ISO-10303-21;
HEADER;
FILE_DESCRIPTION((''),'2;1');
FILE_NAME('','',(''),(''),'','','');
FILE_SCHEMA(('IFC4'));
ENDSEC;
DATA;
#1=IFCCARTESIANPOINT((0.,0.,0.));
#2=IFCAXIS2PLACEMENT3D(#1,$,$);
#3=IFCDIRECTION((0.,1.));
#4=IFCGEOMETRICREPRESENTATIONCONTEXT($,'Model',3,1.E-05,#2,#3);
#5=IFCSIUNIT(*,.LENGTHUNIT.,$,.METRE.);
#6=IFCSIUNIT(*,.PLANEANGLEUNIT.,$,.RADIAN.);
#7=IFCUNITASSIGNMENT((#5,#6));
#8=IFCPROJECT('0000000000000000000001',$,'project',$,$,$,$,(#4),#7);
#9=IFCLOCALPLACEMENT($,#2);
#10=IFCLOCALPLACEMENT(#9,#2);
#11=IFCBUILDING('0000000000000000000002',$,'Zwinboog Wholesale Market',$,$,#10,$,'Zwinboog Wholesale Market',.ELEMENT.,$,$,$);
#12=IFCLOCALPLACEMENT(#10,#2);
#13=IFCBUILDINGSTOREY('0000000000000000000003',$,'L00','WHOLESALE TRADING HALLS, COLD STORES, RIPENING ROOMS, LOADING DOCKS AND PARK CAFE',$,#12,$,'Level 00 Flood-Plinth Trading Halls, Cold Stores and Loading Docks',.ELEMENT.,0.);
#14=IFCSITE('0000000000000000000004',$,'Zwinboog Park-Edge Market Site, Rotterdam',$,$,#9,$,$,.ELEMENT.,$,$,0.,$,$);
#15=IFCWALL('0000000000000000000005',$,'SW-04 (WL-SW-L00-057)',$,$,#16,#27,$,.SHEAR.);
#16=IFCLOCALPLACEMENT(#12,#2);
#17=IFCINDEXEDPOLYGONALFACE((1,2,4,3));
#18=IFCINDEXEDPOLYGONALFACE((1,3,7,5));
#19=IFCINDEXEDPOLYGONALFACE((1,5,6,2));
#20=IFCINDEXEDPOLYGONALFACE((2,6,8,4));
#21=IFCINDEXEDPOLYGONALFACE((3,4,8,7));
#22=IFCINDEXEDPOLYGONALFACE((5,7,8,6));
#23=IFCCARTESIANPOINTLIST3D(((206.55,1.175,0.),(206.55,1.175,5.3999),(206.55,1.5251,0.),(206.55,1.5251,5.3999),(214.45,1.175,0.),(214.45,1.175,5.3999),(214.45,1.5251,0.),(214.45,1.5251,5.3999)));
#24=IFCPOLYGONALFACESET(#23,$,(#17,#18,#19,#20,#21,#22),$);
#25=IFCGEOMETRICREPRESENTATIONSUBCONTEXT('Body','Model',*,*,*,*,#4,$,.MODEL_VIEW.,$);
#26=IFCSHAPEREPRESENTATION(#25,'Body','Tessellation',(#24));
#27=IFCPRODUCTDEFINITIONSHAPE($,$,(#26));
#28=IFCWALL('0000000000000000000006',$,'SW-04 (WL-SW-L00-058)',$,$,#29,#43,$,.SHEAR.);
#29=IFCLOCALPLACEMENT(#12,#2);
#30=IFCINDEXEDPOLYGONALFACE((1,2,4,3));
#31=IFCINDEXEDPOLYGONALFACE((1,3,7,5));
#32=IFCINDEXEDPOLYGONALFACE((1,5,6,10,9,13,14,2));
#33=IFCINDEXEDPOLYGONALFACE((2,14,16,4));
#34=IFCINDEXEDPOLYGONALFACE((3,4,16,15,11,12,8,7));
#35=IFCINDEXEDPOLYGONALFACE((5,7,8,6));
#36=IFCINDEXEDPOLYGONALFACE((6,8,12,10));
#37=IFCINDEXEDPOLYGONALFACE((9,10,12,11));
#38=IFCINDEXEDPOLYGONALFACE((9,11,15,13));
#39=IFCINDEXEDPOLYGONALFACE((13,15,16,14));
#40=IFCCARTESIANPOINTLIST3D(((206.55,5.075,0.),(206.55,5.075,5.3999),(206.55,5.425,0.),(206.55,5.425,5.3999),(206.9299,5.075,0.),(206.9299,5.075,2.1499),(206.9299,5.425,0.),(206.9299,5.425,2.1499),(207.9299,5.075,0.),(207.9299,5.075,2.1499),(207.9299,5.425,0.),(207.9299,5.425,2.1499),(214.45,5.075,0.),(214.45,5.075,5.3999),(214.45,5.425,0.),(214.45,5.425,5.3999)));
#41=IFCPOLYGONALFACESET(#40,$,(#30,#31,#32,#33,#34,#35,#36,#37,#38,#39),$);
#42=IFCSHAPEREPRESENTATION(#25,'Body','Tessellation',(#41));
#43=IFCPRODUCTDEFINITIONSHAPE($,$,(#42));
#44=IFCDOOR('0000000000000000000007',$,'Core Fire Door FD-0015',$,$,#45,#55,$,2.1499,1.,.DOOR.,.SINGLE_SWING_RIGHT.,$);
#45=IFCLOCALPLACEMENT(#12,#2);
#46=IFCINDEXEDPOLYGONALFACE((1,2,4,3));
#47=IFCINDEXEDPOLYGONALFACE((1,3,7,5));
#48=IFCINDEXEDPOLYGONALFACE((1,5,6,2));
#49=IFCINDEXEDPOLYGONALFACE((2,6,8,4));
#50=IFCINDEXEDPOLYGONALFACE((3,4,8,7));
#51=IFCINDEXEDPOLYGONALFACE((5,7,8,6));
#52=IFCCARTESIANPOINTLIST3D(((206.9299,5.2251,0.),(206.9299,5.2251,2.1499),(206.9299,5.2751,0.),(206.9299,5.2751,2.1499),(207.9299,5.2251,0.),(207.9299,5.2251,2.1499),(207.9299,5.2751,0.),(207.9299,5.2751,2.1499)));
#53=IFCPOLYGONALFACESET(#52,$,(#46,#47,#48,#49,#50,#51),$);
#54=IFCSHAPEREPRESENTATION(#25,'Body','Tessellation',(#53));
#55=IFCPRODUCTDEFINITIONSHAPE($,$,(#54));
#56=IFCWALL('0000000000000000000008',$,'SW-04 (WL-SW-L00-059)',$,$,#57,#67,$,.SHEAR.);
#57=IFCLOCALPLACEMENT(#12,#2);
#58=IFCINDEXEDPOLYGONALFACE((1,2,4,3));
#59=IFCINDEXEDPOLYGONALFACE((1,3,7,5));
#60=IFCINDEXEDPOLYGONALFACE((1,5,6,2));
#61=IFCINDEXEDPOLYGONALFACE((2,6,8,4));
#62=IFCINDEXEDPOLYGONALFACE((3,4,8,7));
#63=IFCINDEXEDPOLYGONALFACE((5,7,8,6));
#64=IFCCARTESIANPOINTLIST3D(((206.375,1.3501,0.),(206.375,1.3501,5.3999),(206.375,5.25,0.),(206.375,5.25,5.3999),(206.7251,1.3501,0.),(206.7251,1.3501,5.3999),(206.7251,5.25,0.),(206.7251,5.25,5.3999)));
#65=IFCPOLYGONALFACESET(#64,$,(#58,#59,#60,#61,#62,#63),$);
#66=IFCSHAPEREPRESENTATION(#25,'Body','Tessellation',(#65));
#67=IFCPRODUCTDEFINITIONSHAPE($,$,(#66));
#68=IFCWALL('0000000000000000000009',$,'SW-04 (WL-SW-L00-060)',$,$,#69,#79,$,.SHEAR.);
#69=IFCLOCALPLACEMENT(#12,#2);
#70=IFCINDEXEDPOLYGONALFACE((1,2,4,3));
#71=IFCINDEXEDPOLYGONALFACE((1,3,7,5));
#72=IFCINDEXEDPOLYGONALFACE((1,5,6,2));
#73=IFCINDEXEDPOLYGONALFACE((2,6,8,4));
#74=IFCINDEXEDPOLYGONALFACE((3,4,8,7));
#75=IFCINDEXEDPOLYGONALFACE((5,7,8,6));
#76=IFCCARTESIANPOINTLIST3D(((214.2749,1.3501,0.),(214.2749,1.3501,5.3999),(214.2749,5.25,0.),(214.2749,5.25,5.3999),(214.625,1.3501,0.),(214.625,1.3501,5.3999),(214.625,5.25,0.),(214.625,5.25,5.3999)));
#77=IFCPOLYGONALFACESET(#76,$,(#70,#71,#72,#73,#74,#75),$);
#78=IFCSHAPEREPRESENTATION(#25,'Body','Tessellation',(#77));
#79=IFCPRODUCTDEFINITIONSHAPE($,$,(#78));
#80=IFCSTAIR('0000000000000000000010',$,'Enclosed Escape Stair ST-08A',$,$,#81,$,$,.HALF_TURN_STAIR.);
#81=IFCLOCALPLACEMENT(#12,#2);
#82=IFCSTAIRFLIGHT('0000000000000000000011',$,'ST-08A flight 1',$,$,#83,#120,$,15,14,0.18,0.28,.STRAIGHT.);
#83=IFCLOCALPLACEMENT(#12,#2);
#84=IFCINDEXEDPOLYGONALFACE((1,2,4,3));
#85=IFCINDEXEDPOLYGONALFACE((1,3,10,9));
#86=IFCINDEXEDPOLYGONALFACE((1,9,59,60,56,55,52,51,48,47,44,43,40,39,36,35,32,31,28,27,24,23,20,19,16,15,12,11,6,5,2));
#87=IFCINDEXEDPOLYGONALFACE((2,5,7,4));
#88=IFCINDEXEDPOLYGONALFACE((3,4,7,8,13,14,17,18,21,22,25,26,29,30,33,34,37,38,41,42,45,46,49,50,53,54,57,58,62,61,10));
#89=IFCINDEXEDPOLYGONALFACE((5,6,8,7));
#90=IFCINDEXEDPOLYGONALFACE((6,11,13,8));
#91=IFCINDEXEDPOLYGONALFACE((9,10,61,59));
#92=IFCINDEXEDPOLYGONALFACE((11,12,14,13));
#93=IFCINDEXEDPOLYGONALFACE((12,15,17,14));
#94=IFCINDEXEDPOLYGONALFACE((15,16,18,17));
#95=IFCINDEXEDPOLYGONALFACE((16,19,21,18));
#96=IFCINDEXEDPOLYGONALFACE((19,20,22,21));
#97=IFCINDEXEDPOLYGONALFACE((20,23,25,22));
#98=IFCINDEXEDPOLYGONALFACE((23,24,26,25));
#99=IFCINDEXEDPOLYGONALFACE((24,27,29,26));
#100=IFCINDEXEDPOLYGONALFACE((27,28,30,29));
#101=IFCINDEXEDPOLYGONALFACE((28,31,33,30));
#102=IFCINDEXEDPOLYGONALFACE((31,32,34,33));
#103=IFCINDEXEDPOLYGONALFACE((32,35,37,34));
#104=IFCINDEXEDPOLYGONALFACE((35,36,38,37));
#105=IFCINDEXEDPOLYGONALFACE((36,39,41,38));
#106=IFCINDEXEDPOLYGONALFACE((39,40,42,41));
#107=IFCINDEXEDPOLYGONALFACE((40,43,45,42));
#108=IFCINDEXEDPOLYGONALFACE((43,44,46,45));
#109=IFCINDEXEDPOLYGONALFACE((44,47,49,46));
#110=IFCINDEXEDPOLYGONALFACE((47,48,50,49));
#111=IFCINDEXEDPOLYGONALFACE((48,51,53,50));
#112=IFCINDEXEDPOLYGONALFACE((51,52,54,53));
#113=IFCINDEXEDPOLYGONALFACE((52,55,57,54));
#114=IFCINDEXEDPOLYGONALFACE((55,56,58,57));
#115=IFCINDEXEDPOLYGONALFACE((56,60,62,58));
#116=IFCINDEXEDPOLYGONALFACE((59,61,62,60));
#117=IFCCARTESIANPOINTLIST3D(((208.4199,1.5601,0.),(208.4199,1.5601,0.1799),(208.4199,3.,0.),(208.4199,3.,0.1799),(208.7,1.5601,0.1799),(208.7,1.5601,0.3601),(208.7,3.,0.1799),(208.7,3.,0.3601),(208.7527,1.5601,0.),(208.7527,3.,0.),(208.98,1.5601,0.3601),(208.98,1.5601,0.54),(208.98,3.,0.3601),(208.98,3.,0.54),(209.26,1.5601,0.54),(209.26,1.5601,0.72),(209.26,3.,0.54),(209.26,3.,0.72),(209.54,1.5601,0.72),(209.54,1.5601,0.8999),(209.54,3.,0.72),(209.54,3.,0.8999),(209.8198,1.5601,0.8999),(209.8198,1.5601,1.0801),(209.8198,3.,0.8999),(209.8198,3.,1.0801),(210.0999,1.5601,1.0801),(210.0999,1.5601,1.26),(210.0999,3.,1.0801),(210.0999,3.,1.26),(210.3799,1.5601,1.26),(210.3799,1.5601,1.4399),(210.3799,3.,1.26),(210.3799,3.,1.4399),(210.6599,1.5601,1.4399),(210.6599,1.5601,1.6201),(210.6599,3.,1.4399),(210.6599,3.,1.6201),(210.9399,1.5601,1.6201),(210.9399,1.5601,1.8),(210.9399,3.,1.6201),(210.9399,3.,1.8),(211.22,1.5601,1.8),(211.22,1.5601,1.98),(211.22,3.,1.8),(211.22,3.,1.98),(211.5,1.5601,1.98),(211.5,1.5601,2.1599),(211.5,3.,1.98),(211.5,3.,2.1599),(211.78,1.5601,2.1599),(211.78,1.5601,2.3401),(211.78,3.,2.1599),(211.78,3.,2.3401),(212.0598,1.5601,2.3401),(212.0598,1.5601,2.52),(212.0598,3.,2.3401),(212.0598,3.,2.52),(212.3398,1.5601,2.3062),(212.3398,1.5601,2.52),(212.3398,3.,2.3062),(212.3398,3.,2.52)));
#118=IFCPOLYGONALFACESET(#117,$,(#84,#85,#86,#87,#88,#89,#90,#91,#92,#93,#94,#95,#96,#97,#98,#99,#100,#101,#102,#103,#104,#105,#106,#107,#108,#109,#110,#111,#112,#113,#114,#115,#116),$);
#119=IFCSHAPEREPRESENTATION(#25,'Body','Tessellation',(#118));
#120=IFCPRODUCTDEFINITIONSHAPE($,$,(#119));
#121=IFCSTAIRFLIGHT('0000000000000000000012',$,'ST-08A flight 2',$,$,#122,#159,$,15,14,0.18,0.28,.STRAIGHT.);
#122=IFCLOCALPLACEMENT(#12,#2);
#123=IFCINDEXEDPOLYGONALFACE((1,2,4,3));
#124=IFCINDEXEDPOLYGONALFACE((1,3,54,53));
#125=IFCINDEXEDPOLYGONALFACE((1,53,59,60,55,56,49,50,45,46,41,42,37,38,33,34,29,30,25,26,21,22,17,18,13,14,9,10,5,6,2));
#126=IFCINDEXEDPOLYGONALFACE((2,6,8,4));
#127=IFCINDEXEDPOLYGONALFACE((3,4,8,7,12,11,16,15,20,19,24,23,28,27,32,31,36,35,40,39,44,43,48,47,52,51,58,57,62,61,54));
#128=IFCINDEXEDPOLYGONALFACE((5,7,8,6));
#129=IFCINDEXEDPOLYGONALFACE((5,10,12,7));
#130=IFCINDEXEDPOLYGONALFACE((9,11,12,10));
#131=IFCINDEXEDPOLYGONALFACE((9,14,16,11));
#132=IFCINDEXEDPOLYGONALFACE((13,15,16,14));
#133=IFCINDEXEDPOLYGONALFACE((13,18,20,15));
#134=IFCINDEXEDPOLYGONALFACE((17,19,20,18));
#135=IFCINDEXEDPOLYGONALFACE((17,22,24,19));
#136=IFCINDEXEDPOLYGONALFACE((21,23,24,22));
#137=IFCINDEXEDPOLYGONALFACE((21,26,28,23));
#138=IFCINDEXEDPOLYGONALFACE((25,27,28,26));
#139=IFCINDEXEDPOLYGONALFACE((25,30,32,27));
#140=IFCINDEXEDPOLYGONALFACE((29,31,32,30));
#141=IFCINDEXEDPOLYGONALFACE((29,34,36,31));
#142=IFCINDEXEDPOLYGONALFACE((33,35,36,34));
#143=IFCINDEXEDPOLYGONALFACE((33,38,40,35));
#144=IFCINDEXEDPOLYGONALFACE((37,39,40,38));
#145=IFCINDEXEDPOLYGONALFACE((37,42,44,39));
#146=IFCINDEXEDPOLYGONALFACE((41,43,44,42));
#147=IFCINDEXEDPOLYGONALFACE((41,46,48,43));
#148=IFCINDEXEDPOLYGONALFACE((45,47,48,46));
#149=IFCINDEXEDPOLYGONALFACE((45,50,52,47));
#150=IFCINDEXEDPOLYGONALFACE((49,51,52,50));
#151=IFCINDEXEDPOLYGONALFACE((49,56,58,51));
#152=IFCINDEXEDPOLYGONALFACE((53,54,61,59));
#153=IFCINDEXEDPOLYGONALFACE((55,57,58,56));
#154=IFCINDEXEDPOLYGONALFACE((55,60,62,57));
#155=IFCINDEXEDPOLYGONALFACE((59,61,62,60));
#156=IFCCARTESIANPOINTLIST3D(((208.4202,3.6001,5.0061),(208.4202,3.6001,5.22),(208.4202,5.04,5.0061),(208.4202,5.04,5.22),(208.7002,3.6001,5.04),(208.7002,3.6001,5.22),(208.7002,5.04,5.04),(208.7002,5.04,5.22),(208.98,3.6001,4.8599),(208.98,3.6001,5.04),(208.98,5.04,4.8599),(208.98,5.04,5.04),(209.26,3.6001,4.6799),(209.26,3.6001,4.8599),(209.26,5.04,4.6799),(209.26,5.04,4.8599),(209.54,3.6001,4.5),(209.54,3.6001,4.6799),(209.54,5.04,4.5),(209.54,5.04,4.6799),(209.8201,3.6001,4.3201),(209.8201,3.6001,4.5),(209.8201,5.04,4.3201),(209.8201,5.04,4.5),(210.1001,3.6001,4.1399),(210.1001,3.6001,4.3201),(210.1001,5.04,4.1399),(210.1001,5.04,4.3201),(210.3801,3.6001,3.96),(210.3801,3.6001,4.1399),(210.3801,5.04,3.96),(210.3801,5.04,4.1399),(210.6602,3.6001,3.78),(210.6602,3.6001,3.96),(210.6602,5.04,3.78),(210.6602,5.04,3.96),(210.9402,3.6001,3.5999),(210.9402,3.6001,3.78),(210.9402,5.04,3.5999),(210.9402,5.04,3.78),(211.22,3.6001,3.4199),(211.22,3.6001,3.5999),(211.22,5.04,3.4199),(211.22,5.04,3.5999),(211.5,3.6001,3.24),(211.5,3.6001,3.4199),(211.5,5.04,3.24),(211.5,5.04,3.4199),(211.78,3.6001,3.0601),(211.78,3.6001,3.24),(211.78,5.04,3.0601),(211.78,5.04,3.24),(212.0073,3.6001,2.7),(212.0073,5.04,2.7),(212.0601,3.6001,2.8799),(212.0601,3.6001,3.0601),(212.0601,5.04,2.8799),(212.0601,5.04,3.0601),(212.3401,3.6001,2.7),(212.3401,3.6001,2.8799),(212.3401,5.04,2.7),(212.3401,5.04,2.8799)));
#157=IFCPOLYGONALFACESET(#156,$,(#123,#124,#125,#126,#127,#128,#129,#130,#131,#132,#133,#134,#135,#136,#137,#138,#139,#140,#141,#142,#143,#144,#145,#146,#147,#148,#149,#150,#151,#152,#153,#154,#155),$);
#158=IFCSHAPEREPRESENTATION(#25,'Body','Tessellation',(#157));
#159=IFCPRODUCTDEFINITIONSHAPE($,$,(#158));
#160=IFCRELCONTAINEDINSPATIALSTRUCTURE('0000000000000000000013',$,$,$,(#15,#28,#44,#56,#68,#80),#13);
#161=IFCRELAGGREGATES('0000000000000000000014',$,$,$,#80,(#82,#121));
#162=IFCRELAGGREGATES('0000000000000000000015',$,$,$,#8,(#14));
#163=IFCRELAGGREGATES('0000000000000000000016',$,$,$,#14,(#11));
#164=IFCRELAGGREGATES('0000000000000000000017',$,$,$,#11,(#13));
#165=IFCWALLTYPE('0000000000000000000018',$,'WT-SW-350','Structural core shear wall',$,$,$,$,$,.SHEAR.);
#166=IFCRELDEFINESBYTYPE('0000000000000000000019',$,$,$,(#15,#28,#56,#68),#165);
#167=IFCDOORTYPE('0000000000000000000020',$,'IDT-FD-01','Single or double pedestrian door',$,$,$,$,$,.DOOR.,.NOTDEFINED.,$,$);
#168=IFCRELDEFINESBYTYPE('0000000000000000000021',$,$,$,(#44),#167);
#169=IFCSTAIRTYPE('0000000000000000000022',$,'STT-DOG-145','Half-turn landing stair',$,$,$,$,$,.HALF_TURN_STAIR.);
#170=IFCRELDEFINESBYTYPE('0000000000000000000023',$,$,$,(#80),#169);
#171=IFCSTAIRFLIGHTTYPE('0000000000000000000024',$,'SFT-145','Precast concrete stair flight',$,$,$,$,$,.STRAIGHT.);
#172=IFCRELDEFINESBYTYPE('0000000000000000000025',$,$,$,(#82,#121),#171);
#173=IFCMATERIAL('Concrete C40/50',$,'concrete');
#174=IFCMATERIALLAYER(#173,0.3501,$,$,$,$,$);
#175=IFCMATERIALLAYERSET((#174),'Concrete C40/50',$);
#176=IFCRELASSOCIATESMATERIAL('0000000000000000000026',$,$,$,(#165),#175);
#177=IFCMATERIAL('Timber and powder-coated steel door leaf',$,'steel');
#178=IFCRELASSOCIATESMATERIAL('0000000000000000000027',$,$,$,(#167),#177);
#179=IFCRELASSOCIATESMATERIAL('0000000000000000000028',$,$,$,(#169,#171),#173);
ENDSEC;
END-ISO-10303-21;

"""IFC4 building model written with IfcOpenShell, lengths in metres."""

from ifc_helpers import new_model, si_unit, direction, frame, frame_2d, origin, place, context, subcontext, project, spatial, polyline, rectangle, outline, extrude, material, layer, layer_set, type_object, element, fill, aggregate, save


model = new_model("IFC4")

# Units and contexts
model_context = context("Model", 3, precision=1e-05, world=origin(), true_north=direction((0.0, 1.0)))
body_context = subcontext(model_context, "Body", "Model", "MODEL_VIEW")
ifc_project = project(units=[si_unit("LENGTHUNIT", "METRE"), si_unit("PLANEANGLEUNIT", "RADIAN")], contexts=[model_context])

# Site, building, storey
site_placement = place(None, origin())
site = spatial("IfcSite", under=ifc_project, at=site_placement, Name="Zwinboog Park-Edge Market Site, Rotterdam", CompositionType="ELEMENT", RefElevation=0.0)
building_placement = place(site_placement, origin())
building = spatial("IfcBuilding", under=site, at=building_placement, Name="Zwinboog Wholesale Market", LongName="Zwinboog Wholesale Market", CompositionType="ELEMENT")
storey_placement = place(building_placement, origin())
storey = spatial("IfcBuildingStorey", under=building, at=storey_placement, Name="L00", Description="WHOLESALE TRADING HALLS, COLD STORES, RIPENING ROOMS, LOADING DOCKS AND PARK CAFE", LongName="Level 00 Flood-Plinth Trading Halls, Cold Stores and Loading Docks", CompositionType="ELEMENT", Elevation=0.0)

# Shared definitions
ifc_material_1 = material(Name="Concrete C40/50", Category="concrete")

# Wall
ifc_layer_1 = layer(ifc_material_1, 0.3501)
ifc_layer_set_1 = layer_set([ifc_layer_1], Name="Concrete C40/50")
wall_type_1 = type_object("IfcWallType", Name="WT-SW-350", Description="Structural core shear wall", PredefinedType="SHEAR", material=ifc_layer_set_1)
wall_1_placement = place(storey_placement, frame((206.55, 1.3501, 0.0), z_axis=(0.0, 0.0, 1.0), x_axis=(1.0, 0.0, 0.0)))
element("IfcWall", 1, at=wall_1_placement, inside=storey, type_object=wall_type_1, Name="SW-04 (WL-SW-L00-057)", PredefinedType="SHEAR", context=body_context, shape_type="SweptSolid", body=[
    extrude(rectangle(XDim=7.8999, YDim=0.3501, at=frame_2d((3.95, 0.0))), origin(), (0.0, 0.0, 1.0), 5.3999),
])

# Wall, opening, door
wall_2_placement = place(storey_placement, frame((206.55, 5.25, 0.0), z_axis=(0.0, 0.0, 1.0), x_axis=(1.0, 0.0, 0.0)))
wall_2 = element("IfcWall", 2, at=wall_2_placement, inside=storey, type_object=wall_type_1, Name="SW-04 (WL-SW-L00-058)", PredefinedType="SHEAR", context=body_context, shape_type="SweptSolid", body=[
    extrude(rectangle(XDim=7.8999, YDim=0.3501, at=frame_2d((3.95, 0.0))), origin(), (0.0, 0.0, 1.0), 5.3999),
])
opening_1_placement = place(wall_2_placement, frame((0.3799, 0.0, 0.0)))
opening_1 = element("IfcOpeningElement", 3, at=opening_1_placement, cuts=wall_2, PredefinedType="OPENING", context=body_context, shape_type="SweptSolid", body=[
    extrude(rectangle(XDim=1.0, YDim=2.1499, at=frame_2d((0.5, 1.075))), frame((0.0, 0.1851, 0.0), z_axis=(0.0, -1.0, 0.0), x_axis=(1.0, 0.0, 0.0)), (0.0, 0.0, 1.0), 0.3701),
])
ifc_material_2 = material(Name="Timber and powder-coated steel door leaf", Category="steel")
door_type = type_object("IfcDoorType", Name="IDT-FD-01", Description="Single or double pedestrian door", OperationType="NOTDEFINED", PredefinedType="DOOR", material=ifc_material_2)
door_placement = place(opening_1_placement, frame((1.0, 0.0, 0.0), z_axis=(0.0, 0.0, 1.0), x_axis=(-1.0, 0.0, 0.0)))
door = element("IfcDoor", 4, at=door_placement, inside=storey, type_object=door_type, Name="Core Fire Door FD-0015", OperationType="SINGLE_SWING_RIGHT", OverallHeight=2.1499, OverallWidth=1.0, PredefinedType="DOOR", context=body_context, shape_type="SweptSolid", body=[
    extrude(rectangle(XDim=1.0, YDim=2.1499, at=frame_2d((0.5, 1.075))), frame((0.0, 0.0249, 0.0), z_axis=(0.0, -1.0, 0.0), x_axis=(1.0, 0.0, 0.0)), (0.0, 0.0, 1.0), 0.05),
])
fill(opening_1, door)

# Walls
for number, where, z_axis, x_axis, name in (
    (5, (206.55, 1.3501, 0.0), (0.0, 0.0, 1.0), (0.0, 1.0, 0.0), "SW-04 (WL-SW-L00-059)"),
    (6, (214.45, 1.3501, 0.0), (0.0, 0.0, 1.0), (0.0, 1.0, 0.0), "SW-04 (WL-SW-L00-060)"),
):
    element("IfcWall", number, at=place(storey_placement, frame(where, z_axis=z_axis, x_axis=x_axis)), inside=storey, type_object=wall_type_1, Name=name, PredefinedType="SHEAR", context=body_context, shape_type="SweptSolid", body=[
        extrude(rectangle(XDim=3.8999, YDim=0.3501, at=frame_2d((1.95, 0.0))), origin(), (0.0, 0.0, 1.0), 5.3999),
    ])

# Stair, stair flights
stair_type = type_object("IfcStairType", Name="STT-DOG-145", Description="Half-turn landing stair", PredefinedType="HALF_TURN_STAIR", material=ifc_material_1)
stair_placement = place(storey_placement, origin())
stair = element("IfcStair", 7, at=stair_placement, inside=storey, type_object=stair_type, Name="Enclosed Escape Stair ST-08A", PredefinedType="HALF_TURN_STAIR")
stair_flight_type = type_object("IfcStairFlightType", Name="SFT-145", Description="Precast concrete stair flight", PredefinedType="STRAIGHT", material=ifc_material_1)
stair_flight_1_placement = place(storey_placement, frame((208.4199, 2.28, 0.0), z_axis=(0.0, 0.0, 1.0), x_axis=(1.0, 0.0, 0.0)))
stair_flight_1 = element("IfcStairFlight", 8, at=stair_flight_1_placement, type_object=stair_flight_type, Name="ST-08A flight 1", NumberOfRisers=15, NumberOfTreads=14, PredefinedType="STRAIGHT", RiserHeight=0.18, TreadLength=0.28, context=body_context, shape_type="SweptSolid", body=[
    extrude(outline(polyline([(0.0, 0.0), (0.0, 0.1799), (0.28, 0.1799), (0.28, 0.3601), (0.5601, 0.3601), (0.5601, 0.54), (0.8401, 0.54), (0.8401, 0.72), (1.1201, 0.72), (1.1201, 0.8999), (1.3999, 0.8999), (1.3999, 1.0801), (1.6799, 1.0801), (1.6799, 1.26), (1.96, 1.26), (1.96, 1.4399), (2.24, 1.4399), (2.24, 1.6201), (2.52, 1.6201), (2.52, 1.8), (2.8, 1.8), (2.8, 1.98), (3.0801, 1.98), (3.0801, 2.1599), (3.3601, 2.1599), (3.3601, 2.3401), (3.6399, 2.3401), (3.6399, 2.52), (3.9199, 2.52), (3.9199, 2.7), (3.9199, 2.3062), (0.3328, 0.0), (0.0, 0.0)])), frame((0.0, 0.72, 0.0), z_axis=(0.0, -1.0, 0.0), x_axis=(1.0, 0.0, 0.0)), (0.0, 0.0, 1.0), 1.4399),
])
stair_flight_2_placement = place(storey_placement, frame((212.3401, 4.3201, 2.7), z_axis=(0.0, 0.0, 1.0), x_axis=(-1.0, 0.0, 0.0)))
stair_flight_2 = element("IfcStairFlight", 9, at=stair_flight_2_placement, type_object=stair_flight_type, Name="ST-08A flight 2", NumberOfRisers=15, NumberOfTreads=14, PredefinedType="STRAIGHT", RiserHeight=0.18, TreadLength=0.28, context=body_context, shape_type="SweptSolid", body=[
    extrude(outline(polyline([(0.0, 0.0), (0.0, 0.1799), (0.28, 0.1799), (0.28, 0.3601), (0.5601, 0.3601), (0.5601, 0.54), (0.8401, 0.54), (0.8401, 0.72), (1.1201, 0.72), (1.1201, 0.8999), (1.3999, 0.8999), (1.3999, 1.0801), (1.6799, 1.0801), (1.6799, 1.26), (1.96, 1.26), (1.96, 1.4399), (2.24, 1.4399), (2.24, 1.6201), (2.52, 1.6201), (2.52, 1.8), (2.8, 1.8), (2.8, 1.98), (3.0801, 1.98), (3.0801, 2.1599), (3.3601, 2.1599), (3.3601, 2.3401), (3.6399, 2.3401), (3.6399, 2.52), (3.9199, 2.52), (3.9199, 2.7), (3.9199, 2.3062), (0.3328, 0.0), (0.0, 0.0)])), frame((0.0, 0.72, 0.0), z_axis=(0.0, -1.0, 0.0), x_axis=(1.0, 0.0, 0.0)), (0.0, 0.0, 1.0), 1.4399),
])
aggregate(stair, [stair_flight_1, stair_flight_2])

save(model, "model.ifc")
